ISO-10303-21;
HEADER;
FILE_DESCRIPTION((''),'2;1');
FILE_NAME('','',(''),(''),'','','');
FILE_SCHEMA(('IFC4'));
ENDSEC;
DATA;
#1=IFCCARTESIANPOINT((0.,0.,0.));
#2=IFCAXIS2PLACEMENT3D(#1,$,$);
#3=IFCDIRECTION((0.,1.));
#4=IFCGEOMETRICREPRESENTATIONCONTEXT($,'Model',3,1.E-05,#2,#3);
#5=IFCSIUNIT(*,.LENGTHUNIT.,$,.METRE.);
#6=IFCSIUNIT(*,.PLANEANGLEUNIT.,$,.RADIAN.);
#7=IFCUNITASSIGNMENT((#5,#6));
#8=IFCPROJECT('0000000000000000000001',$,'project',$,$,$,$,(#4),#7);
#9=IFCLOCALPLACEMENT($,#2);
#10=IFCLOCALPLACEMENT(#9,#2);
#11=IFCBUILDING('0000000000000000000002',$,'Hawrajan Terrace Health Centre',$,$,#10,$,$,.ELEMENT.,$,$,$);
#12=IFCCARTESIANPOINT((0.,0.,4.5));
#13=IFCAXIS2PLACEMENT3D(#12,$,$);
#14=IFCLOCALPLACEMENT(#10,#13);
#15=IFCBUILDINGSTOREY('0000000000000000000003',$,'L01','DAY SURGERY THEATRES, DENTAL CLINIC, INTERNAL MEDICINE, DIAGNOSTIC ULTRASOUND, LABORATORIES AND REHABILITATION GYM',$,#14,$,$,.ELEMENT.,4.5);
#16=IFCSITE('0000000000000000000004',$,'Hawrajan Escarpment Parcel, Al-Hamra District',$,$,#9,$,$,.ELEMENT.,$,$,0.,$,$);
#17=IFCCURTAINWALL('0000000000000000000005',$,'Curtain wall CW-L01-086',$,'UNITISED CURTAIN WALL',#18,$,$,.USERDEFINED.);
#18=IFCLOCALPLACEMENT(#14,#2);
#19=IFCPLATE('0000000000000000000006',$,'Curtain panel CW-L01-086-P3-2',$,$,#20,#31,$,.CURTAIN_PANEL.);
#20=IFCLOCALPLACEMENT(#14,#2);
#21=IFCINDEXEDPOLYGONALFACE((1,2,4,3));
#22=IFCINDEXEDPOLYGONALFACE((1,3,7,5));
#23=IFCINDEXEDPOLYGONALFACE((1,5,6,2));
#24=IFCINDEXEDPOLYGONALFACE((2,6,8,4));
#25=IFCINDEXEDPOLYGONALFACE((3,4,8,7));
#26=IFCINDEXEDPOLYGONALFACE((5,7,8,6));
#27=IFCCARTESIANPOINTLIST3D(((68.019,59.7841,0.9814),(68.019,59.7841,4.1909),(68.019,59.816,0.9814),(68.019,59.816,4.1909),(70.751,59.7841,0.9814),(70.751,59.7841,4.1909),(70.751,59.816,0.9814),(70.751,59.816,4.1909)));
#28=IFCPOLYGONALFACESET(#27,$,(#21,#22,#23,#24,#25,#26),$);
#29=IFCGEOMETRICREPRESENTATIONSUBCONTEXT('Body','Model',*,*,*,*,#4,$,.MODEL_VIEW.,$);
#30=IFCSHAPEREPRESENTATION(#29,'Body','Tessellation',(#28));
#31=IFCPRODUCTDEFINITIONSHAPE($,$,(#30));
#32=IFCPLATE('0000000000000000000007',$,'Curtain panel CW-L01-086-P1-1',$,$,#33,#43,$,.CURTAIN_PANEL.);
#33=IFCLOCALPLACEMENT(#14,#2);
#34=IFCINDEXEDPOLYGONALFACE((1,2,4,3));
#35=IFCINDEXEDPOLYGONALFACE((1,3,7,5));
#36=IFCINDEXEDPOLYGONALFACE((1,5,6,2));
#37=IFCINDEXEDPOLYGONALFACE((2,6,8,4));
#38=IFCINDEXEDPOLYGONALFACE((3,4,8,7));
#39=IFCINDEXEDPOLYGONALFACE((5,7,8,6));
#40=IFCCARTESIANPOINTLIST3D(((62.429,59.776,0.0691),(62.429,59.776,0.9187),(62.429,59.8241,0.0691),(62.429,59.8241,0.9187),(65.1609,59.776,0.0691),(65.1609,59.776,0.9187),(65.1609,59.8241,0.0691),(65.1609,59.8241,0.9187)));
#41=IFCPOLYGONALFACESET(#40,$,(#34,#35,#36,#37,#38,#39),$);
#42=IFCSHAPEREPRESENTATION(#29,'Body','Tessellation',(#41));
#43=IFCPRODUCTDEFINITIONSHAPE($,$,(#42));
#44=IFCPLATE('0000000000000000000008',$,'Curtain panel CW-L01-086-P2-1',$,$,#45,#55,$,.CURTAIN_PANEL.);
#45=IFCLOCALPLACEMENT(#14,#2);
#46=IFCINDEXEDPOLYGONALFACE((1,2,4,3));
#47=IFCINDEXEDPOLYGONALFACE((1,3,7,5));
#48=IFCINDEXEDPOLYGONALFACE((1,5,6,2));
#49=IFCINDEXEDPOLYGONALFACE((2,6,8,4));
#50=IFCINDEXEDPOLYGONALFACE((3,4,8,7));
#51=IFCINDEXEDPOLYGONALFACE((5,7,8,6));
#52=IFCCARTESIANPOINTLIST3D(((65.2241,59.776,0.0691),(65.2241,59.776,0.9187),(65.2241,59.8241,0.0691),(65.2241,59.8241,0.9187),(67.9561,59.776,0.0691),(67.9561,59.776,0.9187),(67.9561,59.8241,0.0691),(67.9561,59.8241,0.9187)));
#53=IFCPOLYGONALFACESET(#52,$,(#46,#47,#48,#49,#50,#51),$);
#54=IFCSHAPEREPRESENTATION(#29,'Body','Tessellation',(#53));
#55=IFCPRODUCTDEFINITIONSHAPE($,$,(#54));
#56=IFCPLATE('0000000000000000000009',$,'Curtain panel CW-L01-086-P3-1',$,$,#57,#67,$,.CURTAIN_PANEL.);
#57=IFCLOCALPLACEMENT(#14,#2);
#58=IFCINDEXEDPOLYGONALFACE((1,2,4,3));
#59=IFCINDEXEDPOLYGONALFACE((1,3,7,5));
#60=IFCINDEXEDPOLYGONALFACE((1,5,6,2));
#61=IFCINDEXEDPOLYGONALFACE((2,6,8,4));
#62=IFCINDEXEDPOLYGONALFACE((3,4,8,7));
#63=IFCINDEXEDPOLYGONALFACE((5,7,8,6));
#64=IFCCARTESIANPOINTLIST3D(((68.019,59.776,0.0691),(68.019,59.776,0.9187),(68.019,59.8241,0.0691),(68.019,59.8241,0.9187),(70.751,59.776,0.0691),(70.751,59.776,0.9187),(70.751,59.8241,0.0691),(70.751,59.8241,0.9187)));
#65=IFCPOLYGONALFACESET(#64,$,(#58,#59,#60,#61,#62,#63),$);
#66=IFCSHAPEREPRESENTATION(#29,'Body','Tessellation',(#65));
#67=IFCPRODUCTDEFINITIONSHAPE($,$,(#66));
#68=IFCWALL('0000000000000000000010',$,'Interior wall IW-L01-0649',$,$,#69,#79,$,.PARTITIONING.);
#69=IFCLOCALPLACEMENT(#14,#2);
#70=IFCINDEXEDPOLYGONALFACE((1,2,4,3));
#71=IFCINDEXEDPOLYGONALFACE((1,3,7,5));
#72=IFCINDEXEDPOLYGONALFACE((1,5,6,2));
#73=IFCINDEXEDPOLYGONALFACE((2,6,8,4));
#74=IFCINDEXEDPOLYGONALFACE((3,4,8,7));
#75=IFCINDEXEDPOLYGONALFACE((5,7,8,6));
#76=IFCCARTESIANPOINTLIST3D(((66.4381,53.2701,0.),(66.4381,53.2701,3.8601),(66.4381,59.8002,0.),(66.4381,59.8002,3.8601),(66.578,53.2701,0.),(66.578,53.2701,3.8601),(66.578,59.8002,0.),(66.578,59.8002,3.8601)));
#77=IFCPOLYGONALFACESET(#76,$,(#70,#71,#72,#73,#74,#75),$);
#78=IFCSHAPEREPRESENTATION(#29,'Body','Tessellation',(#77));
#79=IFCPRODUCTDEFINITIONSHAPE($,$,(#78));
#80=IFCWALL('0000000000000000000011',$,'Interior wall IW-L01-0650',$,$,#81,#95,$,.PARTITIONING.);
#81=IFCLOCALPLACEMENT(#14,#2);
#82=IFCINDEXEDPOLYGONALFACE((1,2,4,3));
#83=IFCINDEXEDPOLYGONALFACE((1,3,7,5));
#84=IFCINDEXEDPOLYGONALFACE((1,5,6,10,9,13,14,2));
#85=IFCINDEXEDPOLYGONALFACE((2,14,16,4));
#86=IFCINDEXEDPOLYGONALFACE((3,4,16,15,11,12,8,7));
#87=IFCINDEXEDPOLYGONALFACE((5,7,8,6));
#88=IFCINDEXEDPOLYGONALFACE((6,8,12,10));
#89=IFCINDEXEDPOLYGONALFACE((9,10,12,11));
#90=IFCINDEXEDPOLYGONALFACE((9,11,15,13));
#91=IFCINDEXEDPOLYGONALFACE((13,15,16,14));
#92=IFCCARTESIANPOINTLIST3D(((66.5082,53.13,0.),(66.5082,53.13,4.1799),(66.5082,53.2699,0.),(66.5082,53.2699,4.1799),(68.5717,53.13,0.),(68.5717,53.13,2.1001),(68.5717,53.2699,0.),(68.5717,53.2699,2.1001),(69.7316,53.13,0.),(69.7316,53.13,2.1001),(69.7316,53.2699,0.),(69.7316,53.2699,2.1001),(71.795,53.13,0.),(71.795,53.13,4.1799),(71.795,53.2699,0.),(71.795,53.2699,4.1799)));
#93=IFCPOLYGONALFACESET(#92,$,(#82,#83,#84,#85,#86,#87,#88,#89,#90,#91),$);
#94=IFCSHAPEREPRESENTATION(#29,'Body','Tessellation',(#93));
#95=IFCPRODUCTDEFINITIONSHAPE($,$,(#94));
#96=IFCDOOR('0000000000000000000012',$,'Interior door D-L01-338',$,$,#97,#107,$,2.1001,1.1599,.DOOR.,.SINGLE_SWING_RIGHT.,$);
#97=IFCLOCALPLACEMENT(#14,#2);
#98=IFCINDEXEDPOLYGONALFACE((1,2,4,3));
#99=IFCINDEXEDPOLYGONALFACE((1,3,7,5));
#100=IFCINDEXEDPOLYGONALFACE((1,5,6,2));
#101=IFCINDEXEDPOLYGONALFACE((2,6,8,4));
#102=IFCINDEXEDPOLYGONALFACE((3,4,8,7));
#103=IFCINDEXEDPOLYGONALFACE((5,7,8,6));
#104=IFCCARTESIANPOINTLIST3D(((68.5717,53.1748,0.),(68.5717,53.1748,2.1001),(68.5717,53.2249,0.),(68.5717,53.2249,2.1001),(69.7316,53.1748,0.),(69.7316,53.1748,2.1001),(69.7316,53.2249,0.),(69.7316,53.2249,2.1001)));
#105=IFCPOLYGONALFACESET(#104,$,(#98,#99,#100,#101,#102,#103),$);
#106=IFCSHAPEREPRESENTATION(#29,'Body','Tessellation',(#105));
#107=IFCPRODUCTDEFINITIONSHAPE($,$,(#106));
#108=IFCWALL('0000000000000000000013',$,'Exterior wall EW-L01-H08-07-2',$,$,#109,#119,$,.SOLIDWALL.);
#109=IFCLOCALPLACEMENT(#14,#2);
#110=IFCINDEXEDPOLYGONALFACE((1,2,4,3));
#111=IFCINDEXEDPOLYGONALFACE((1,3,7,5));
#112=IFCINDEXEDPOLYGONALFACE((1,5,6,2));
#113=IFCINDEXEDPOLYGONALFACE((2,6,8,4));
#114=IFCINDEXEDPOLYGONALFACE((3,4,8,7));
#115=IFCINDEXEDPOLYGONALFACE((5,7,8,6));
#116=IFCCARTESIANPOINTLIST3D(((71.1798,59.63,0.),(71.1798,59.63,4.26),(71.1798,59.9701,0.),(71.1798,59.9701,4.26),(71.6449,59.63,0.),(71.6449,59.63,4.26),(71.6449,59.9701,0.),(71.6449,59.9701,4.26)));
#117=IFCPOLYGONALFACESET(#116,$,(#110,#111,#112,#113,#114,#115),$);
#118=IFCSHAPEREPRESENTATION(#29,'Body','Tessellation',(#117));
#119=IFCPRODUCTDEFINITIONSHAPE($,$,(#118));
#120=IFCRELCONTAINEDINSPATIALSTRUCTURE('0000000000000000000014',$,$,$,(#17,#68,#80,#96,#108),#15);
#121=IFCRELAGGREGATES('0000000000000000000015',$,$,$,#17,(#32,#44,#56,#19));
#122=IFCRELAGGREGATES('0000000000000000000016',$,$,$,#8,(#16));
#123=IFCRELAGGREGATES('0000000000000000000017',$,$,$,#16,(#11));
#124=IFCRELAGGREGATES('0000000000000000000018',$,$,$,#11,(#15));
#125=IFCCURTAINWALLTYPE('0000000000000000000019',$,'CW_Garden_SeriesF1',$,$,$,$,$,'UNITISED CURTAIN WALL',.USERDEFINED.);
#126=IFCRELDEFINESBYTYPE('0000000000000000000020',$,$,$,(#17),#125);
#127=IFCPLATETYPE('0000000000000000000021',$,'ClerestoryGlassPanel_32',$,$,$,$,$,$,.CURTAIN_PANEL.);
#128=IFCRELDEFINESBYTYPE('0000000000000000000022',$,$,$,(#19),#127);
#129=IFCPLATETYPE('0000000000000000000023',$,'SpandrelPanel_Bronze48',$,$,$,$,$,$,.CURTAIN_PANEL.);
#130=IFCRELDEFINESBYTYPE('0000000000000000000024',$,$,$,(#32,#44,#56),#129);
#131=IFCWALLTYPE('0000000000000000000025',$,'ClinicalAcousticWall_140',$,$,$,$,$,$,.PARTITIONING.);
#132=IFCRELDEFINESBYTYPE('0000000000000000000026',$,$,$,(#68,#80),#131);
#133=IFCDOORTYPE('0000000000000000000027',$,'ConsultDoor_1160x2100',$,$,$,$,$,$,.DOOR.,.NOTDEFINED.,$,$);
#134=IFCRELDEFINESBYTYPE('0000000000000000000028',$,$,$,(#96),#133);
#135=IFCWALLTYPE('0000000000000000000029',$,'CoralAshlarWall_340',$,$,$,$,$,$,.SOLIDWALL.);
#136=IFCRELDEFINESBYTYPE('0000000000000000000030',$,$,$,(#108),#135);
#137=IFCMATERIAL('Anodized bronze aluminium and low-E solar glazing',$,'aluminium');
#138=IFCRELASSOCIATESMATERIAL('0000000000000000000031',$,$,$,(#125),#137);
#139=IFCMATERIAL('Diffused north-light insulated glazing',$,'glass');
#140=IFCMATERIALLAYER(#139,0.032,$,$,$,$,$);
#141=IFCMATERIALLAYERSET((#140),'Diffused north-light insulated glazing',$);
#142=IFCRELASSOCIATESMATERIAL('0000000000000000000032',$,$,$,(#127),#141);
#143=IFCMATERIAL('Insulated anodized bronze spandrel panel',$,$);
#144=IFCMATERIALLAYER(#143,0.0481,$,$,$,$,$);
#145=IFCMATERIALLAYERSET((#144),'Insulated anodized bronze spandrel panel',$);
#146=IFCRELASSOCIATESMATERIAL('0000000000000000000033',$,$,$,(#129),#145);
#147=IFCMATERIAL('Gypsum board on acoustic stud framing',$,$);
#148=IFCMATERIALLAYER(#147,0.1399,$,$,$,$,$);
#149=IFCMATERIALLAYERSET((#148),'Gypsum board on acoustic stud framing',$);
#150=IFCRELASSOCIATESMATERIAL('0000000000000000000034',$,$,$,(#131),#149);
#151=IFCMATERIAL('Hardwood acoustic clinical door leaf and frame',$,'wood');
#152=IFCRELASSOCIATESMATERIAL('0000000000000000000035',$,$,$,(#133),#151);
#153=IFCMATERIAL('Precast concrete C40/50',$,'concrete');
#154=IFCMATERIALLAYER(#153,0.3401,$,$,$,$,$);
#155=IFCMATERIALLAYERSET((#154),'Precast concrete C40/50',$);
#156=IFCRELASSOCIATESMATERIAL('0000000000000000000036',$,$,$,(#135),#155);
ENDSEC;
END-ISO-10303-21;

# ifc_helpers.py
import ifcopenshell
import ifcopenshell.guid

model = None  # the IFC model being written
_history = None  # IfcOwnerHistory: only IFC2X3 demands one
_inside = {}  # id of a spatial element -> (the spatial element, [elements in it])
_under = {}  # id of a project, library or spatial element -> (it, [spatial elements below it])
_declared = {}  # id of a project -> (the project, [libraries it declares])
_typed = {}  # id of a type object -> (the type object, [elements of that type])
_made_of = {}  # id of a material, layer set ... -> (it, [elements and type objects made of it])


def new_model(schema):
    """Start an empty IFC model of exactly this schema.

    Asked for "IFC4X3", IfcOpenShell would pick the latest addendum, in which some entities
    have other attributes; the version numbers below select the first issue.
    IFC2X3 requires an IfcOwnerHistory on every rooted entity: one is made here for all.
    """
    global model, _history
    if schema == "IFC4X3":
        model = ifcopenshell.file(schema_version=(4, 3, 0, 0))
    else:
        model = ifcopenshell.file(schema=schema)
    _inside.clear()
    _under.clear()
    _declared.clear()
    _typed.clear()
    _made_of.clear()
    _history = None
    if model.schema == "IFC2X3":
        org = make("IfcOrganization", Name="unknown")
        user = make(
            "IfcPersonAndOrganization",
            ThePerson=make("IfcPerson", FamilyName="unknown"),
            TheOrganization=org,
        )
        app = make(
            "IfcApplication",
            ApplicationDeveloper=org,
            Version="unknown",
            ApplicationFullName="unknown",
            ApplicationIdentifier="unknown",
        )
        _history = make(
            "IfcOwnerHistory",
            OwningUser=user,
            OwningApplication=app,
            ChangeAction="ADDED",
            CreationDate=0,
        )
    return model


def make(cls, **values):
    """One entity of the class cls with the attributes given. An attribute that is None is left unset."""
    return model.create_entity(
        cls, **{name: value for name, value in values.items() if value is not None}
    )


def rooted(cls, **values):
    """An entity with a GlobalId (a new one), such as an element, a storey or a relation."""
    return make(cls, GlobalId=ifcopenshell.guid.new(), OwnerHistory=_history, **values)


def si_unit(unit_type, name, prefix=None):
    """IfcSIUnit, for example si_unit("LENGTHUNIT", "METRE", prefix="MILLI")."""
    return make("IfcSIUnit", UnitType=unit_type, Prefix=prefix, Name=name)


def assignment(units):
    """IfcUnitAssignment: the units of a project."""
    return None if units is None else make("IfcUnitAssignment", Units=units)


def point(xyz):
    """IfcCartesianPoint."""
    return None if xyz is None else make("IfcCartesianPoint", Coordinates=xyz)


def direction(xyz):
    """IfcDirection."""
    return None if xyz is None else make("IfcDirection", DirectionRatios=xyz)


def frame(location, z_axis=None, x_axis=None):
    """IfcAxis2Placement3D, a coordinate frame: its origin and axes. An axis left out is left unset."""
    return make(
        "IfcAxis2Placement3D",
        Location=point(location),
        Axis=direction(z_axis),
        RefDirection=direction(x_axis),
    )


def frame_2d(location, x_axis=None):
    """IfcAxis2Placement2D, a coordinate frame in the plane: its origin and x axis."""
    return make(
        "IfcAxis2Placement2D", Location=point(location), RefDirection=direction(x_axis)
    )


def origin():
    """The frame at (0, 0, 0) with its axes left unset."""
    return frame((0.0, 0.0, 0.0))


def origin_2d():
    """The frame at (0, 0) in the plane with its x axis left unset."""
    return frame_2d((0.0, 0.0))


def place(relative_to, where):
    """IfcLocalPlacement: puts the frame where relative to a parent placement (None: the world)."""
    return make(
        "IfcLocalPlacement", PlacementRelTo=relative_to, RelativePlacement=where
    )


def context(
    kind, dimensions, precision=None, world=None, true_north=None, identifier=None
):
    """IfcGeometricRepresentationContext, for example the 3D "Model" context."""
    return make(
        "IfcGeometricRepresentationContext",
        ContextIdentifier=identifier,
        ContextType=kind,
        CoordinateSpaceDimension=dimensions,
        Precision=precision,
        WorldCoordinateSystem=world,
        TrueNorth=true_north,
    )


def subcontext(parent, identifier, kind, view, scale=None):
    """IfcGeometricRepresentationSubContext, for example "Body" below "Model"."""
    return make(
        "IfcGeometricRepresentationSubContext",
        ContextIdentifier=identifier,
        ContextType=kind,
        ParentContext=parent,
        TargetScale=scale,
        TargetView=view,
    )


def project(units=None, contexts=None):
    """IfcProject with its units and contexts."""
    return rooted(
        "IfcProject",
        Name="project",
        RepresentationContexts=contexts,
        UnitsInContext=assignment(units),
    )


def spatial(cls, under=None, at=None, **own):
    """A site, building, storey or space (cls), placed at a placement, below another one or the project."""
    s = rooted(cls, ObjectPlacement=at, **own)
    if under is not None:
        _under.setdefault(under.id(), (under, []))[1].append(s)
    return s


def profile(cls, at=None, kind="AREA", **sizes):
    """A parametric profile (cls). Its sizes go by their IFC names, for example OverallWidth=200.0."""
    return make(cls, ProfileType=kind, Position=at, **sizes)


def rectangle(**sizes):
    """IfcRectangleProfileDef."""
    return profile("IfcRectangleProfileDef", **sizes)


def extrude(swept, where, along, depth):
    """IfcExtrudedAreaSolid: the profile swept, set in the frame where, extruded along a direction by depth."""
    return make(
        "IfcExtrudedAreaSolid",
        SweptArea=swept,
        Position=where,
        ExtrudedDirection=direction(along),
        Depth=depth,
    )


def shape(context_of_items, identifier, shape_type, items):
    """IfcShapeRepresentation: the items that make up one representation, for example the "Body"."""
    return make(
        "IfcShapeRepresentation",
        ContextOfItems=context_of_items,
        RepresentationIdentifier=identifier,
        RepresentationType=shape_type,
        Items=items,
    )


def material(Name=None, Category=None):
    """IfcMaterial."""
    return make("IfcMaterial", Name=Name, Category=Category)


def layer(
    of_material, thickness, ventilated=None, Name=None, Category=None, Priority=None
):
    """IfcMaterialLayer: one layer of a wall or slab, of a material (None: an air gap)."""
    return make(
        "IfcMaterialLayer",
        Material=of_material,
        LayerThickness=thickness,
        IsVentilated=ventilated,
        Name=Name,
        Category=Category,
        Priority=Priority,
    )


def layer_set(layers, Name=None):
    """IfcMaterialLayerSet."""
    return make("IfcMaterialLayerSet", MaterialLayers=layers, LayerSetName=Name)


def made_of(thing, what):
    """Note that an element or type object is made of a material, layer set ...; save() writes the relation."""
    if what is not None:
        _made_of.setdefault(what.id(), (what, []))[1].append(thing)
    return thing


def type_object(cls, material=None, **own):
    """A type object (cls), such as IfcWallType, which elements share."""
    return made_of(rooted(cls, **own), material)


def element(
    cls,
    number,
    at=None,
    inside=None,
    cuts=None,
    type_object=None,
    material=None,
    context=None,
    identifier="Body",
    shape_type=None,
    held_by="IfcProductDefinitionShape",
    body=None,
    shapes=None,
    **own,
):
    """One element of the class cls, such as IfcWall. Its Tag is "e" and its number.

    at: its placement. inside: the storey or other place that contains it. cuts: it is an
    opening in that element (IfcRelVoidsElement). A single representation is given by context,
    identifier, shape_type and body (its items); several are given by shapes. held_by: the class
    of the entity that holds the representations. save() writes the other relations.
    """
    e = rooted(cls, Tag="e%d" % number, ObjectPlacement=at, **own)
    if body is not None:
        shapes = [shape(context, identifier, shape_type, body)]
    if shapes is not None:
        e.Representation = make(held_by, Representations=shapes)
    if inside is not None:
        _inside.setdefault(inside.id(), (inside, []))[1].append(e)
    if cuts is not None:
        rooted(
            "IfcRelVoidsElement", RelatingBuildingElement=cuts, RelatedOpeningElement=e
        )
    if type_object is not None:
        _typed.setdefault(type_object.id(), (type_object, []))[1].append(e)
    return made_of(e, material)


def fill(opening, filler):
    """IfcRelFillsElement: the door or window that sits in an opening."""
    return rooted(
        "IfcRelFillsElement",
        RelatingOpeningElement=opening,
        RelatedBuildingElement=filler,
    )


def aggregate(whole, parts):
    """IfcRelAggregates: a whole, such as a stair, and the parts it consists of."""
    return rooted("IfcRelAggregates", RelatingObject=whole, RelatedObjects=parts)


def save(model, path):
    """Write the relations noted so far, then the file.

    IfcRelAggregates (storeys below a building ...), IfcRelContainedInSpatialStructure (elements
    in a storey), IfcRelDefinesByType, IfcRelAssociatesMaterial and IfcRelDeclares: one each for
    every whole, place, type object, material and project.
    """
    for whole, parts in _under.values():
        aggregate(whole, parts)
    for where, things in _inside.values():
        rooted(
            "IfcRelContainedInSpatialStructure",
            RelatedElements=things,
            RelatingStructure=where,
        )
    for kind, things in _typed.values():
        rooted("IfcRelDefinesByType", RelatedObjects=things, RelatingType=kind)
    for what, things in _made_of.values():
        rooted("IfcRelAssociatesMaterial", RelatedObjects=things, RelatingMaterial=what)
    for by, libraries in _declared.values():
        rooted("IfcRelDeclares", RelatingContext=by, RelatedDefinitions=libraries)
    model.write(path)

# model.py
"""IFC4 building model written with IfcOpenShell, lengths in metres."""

from ifc_helpers import new_model, si_unit, direction, frame, frame_2d, origin, origin_2d, place, context, subcontext, project, spatial, rectangle, extrude, material, layer, layer_set, type_object, element, fill, aggregate, save


model = new_model("IFC4")

# Units and contexts
model_context = context("Model", 3, precision=1e-05, world=origin(), true_north=direction((0.0, 1.0)))
body_context = subcontext(model_context, "Body", "Model", "MODEL_VIEW")
ifc_project = project(units=[si_unit("LENGTHUNIT", "METRE"), si_unit("PLANEANGLEUNIT", "RADIAN")], contexts=[model_context])

# Site, building, storey
site_placement = place(None, origin())
site = spatial("IfcSite", under=ifc_project, at=site_placement, Name="Hawrajan Escarpment Parcel, Al-Hamra District", CompositionType="ELEMENT", RefElevation=0.0)
building_placement = place(site_placement, origin())
building = spatial("IfcBuilding", under=site, at=building_placement, Name="Hawrajan Terrace Health Centre", CompositionType="ELEMENT")
storey_placement = place(building_placement, frame((0.0, 0.0, 4.5)))
storey = spatial("IfcBuildingStorey", under=building, at=storey_placement, Name="L01", Description="DAY SURGERY THEATRES, DENTAL CLINIC, INTERNAL MEDICINE, DIAGNOSTIC ULTRASOUND, LABORATORIES AND REHABILITATION GYM", CompositionType="ELEMENT", Elevation=4.5)

# Curtain wall
ifc_material_1 = material(Name="Anodized bronze aluminium and low-E solar glazing", Category="aluminium")
curtain_wall_type = type_object("IfcCurtainWallType", Name="CW_Garden_SeriesF1", ElementType="UNITISED CURTAIN WALL", PredefinedType="USERDEFINED", material=ifc_material_1)
curtain_wall_placement = place(storey_placement, origin())
curtain_wall = element("IfcCurtainWall", 1, at=curtain_wall_placement, inside=storey, type_object=curtain_wall_type, Name="Curtain wall CW-L01-086", ObjectType="UNITISED CURTAIN WALL", PredefinedType="USERDEFINED")

# Plates
ifc_material_2 = material(Name="Diffused north-light insulated glazing", Category="glass")
ifc_layer_1 = layer(ifc_material_2, 0.032)
ifc_layer_set_1 = layer_set([ifc_layer_1], Name="Diffused north-light insulated glazing")
plate_type_1 = type_object("IfcPlateType", Name="ClerestoryGlassPanel_32", PredefinedType="CURTAIN_PANEL", material=ifc_layer_set_1)
plate_1_placement = place(storey_placement, frame((69.385, 59.8, 0.9814), z_axis=(0.0, 0.0, 1.0), x_axis=(1.0, 0.0, 0.0)))
plate_1 = element("IfcPlate", 2, at=plate_1_placement, type_object=plate_type_1, Name="Curtain panel CW-L01-086-P3-2", PredefinedType="CURTAIN_PANEL", context=body_context, shape_type="SweptSolid", body=[
    extrude(rectangle(XDim=2.7319, YDim=0.032, at=origin_2d()), origin(), (0.0, 0.0, 1.0), 3.2095),
])
ifc_material_3 = material(Name="Insulated anodized bronze spandrel panel")
ifc_layer_2 = layer(ifc_material_3, 0.0481)
ifc_layer_set_2 = layer_set([ifc_layer_2], Name="Insulated anodized bronze spandrel panel")
plate_type_2 = type_object("IfcPlateType", Name="SpandrelPanel_Bronze48", PredefinedType="CURTAIN_PANEL", material=ifc_layer_set_2)
plate_2_placement = place(storey_placement, frame((63.7949, 59.8, 0.0691), z_axis=(0.0, 0.0, 1.0), x_axis=(1.0, 0.0, 0.0)))
plate_2 = element("IfcPlate", 3, at=plate_2_placement, type_object=plate_type_2, Name="Curtain panel CW-L01-086-P1-1", PredefinedType="CURTAIN_PANEL", context=body_context, shape_type="SweptSolid", body=[
    extrude(rectangle(XDim=2.7319, YDim=0.0481, at=origin_2d()), origin(), (0.0, 0.0, 1.0), 0.8496),
])
plate_3_placement = place(storey_placement, frame((66.5901, 59.8, 0.0691), z_axis=(0.0, 0.0, 1.0), x_axis=(1.0, 0.0, 0.0)))
plate_3 = element("IfcPlate", 4, at=plate_3_placement, type_object=plate_type_2, Name="Curtain panel CW-L01-086-P2-1", PredefinedType="CURTAIN_PANEL", context=body_context, shape_type="SweptSolid", body=[
    extrude(rectangle(XDim=2.7319, YDim=0.0481, at=origin_2d()), origin(), (0.0, 0.0, 1.0), 0.8496),
])
plate_4_placement = place(storey_placement, frame((69.385, 59.8, 0.0691), z_axis=(0.0, 0.0, 1.0), x_axis=(1.0, 0.0, 0.0)))
plate_4 = element("IfcPlate", 5, at=plate_4_placement, type_object=plate_type_2, Name="Curtain panel CW-L01-086-P3-1", PredefinedType="CURTAIN_PANEL", context=body_context, shape_type="SweptSolid", body=[
    extrude(rectangle(XDim=2.7319, YDim=0.0481, at=origin_2d()), origin(), (0.0, 0.0, 1.0), 0.8496),
])
aggregate(curtain_wall, [plate_2, plate_3, plate_4, plate_1])

# Wall
ifc_material_4 = material(Name="Gypsum board on acoustic stud framing")
ifc_layer_3 = layer(ifc_material_4, 0.1399)
ifc_layer_set_3 = layer_set([ifc_layer_3], Name="Gypsum board on acoustic stud framing")
wall_type_1 = type_object("IfcWallType", Name="ClinicalAcousticWall_140", PredefinedType="PARTITIONING", material=ifc_layer_set_3)
wall_1_placement = place(storey_placement, frame((66.5081, 53.27, 0.0), z_axis=(0.0, 0.0, 1.0), x_axis=(0.0, 1.0, 0.0)))
element("IfcWall", 6, at=wall_1_placement, inside=storey, type_object=wall_type_1, Name="Interior wall IW-L01-0649", PredefinedType="PARTITIONING", context=body_context, shape_type="SweptSolid", body=[
    extrude(rectangle(XDim=6.53, YDim=0.1399, at=frame_2d((3.2651, 0.0))), origin(), (0.0, 0.0, 1.0), 3.8601),
])

# Wall, opening, door
wall_2_placement = place(storey_placement, frame((66.5081, 53.2, 0.0), z_axis=(0.0, 0.0, 1.0), x_axis=(1.0, 0.0, 0.0)))
wall_2 = element("IfcWall", 7, at=wall_2_placement, inside=storey, type_object=wall_type_1, Name="Interior wall IW-L01-0650", PredefinedType="PARTITIONING", context=body_context, shape_type="SweptSolid", body=[
    extrude(rectangle(XDim=5.2869, YDim=0.1399, at=frame_2d((2.6436, 0.0))), origin(), (0.0, 0.0, 1.0), 4.1799),
])
opening_placement = place(wall_2_placement, frame((2.0635, 0.0, 0.0)))
opening = element("IfcOpeningElement", 8, at=opening_placement, cuts=wall_2, PredefinedType="OPENING", context=body_context, shape_type="SweptSolid", body=[
    extrude(rectangle(XDim=1.1599, YDim=2.1001, at=frame_2d((0.5801, 1.05))), frame((0.0, 0.0798, 0.0), z_axis=(0.0, -1.0, 0.0), x_axis=(1.0, 0.0, 0.0)), (0.0, 0.0, 1.0), 0.1599),
])
ifc_material_5 = material(Name="Hardwood acoustic clinical door leaf and frame", Category="wood")
door_type = type_object("IfcDoorType", Name="ConsultDoor_1160x2100", OperationType="NOTDEFINED", PredefinedType="DOOR", material=ifc_material_5)
door_placement = place(opening_placement, origin())
door = element("IfcDoor", 9, at=door_placement, inside=storey, type_object=door_type, Name="Interior door D-L01-338", OperationType="SINGLE_SWING_RIGHT", OverallHeight=2.1001, OverallWidth=1.1599, PredefinedType="DOOR", context=body_context, shape_type="SweptSolid", body=[
    extrude(rectangle(XDim=1.1599, YDim=2.1001, at=frame_2d((0.5801, 1.05))), frame((0.0, 0.0249, 0.0), z_axis=(0.0, -1.0, 0.0), x_axis=(1.0, 0.0, 0.0)), (0.0, 0.0, 1.0), 0.05),
])
fill(opening, door)

# Wall
ifc_material_6 = material(Name="Precast concrete C40/50", Category="concrete")
ifc_layer_4 = layer(ifc_material_6, 0.3401)
ifc_layer_set_4 = layer_set([ifc_layer_4], Name="Precast concrete C40/50")
wall_type_2 = type_object("IfcWallType", Name="CoralAshlarWall_340", PredefinedType="SOLIDWALL", material=ifc_layer_set_4)
wall_3_placement = place(storey_placement, frame((71.1799, 59.8, 0.0), z_axis=(0.0, 0.0, 1.0), x_axis=(1.0, 0.0, 0.0)))
element("IfcWall", 10, at=wall_3_placement, inside=storey, type_object=wall_type_2, Name="Exterior wall EW-L01-H08-07-2", PredefinedType="SOLIDWALL", context=body_context, shape_type="SweptSolid", body=[
    extrude(rectangle(XDim=0.4651, YDim=0.3401, at=frame_2d((0.2324, 0.0))), origin(), (0.0, 0.0, 1.0), 4.26),
])

save(model, "model.ifc")
